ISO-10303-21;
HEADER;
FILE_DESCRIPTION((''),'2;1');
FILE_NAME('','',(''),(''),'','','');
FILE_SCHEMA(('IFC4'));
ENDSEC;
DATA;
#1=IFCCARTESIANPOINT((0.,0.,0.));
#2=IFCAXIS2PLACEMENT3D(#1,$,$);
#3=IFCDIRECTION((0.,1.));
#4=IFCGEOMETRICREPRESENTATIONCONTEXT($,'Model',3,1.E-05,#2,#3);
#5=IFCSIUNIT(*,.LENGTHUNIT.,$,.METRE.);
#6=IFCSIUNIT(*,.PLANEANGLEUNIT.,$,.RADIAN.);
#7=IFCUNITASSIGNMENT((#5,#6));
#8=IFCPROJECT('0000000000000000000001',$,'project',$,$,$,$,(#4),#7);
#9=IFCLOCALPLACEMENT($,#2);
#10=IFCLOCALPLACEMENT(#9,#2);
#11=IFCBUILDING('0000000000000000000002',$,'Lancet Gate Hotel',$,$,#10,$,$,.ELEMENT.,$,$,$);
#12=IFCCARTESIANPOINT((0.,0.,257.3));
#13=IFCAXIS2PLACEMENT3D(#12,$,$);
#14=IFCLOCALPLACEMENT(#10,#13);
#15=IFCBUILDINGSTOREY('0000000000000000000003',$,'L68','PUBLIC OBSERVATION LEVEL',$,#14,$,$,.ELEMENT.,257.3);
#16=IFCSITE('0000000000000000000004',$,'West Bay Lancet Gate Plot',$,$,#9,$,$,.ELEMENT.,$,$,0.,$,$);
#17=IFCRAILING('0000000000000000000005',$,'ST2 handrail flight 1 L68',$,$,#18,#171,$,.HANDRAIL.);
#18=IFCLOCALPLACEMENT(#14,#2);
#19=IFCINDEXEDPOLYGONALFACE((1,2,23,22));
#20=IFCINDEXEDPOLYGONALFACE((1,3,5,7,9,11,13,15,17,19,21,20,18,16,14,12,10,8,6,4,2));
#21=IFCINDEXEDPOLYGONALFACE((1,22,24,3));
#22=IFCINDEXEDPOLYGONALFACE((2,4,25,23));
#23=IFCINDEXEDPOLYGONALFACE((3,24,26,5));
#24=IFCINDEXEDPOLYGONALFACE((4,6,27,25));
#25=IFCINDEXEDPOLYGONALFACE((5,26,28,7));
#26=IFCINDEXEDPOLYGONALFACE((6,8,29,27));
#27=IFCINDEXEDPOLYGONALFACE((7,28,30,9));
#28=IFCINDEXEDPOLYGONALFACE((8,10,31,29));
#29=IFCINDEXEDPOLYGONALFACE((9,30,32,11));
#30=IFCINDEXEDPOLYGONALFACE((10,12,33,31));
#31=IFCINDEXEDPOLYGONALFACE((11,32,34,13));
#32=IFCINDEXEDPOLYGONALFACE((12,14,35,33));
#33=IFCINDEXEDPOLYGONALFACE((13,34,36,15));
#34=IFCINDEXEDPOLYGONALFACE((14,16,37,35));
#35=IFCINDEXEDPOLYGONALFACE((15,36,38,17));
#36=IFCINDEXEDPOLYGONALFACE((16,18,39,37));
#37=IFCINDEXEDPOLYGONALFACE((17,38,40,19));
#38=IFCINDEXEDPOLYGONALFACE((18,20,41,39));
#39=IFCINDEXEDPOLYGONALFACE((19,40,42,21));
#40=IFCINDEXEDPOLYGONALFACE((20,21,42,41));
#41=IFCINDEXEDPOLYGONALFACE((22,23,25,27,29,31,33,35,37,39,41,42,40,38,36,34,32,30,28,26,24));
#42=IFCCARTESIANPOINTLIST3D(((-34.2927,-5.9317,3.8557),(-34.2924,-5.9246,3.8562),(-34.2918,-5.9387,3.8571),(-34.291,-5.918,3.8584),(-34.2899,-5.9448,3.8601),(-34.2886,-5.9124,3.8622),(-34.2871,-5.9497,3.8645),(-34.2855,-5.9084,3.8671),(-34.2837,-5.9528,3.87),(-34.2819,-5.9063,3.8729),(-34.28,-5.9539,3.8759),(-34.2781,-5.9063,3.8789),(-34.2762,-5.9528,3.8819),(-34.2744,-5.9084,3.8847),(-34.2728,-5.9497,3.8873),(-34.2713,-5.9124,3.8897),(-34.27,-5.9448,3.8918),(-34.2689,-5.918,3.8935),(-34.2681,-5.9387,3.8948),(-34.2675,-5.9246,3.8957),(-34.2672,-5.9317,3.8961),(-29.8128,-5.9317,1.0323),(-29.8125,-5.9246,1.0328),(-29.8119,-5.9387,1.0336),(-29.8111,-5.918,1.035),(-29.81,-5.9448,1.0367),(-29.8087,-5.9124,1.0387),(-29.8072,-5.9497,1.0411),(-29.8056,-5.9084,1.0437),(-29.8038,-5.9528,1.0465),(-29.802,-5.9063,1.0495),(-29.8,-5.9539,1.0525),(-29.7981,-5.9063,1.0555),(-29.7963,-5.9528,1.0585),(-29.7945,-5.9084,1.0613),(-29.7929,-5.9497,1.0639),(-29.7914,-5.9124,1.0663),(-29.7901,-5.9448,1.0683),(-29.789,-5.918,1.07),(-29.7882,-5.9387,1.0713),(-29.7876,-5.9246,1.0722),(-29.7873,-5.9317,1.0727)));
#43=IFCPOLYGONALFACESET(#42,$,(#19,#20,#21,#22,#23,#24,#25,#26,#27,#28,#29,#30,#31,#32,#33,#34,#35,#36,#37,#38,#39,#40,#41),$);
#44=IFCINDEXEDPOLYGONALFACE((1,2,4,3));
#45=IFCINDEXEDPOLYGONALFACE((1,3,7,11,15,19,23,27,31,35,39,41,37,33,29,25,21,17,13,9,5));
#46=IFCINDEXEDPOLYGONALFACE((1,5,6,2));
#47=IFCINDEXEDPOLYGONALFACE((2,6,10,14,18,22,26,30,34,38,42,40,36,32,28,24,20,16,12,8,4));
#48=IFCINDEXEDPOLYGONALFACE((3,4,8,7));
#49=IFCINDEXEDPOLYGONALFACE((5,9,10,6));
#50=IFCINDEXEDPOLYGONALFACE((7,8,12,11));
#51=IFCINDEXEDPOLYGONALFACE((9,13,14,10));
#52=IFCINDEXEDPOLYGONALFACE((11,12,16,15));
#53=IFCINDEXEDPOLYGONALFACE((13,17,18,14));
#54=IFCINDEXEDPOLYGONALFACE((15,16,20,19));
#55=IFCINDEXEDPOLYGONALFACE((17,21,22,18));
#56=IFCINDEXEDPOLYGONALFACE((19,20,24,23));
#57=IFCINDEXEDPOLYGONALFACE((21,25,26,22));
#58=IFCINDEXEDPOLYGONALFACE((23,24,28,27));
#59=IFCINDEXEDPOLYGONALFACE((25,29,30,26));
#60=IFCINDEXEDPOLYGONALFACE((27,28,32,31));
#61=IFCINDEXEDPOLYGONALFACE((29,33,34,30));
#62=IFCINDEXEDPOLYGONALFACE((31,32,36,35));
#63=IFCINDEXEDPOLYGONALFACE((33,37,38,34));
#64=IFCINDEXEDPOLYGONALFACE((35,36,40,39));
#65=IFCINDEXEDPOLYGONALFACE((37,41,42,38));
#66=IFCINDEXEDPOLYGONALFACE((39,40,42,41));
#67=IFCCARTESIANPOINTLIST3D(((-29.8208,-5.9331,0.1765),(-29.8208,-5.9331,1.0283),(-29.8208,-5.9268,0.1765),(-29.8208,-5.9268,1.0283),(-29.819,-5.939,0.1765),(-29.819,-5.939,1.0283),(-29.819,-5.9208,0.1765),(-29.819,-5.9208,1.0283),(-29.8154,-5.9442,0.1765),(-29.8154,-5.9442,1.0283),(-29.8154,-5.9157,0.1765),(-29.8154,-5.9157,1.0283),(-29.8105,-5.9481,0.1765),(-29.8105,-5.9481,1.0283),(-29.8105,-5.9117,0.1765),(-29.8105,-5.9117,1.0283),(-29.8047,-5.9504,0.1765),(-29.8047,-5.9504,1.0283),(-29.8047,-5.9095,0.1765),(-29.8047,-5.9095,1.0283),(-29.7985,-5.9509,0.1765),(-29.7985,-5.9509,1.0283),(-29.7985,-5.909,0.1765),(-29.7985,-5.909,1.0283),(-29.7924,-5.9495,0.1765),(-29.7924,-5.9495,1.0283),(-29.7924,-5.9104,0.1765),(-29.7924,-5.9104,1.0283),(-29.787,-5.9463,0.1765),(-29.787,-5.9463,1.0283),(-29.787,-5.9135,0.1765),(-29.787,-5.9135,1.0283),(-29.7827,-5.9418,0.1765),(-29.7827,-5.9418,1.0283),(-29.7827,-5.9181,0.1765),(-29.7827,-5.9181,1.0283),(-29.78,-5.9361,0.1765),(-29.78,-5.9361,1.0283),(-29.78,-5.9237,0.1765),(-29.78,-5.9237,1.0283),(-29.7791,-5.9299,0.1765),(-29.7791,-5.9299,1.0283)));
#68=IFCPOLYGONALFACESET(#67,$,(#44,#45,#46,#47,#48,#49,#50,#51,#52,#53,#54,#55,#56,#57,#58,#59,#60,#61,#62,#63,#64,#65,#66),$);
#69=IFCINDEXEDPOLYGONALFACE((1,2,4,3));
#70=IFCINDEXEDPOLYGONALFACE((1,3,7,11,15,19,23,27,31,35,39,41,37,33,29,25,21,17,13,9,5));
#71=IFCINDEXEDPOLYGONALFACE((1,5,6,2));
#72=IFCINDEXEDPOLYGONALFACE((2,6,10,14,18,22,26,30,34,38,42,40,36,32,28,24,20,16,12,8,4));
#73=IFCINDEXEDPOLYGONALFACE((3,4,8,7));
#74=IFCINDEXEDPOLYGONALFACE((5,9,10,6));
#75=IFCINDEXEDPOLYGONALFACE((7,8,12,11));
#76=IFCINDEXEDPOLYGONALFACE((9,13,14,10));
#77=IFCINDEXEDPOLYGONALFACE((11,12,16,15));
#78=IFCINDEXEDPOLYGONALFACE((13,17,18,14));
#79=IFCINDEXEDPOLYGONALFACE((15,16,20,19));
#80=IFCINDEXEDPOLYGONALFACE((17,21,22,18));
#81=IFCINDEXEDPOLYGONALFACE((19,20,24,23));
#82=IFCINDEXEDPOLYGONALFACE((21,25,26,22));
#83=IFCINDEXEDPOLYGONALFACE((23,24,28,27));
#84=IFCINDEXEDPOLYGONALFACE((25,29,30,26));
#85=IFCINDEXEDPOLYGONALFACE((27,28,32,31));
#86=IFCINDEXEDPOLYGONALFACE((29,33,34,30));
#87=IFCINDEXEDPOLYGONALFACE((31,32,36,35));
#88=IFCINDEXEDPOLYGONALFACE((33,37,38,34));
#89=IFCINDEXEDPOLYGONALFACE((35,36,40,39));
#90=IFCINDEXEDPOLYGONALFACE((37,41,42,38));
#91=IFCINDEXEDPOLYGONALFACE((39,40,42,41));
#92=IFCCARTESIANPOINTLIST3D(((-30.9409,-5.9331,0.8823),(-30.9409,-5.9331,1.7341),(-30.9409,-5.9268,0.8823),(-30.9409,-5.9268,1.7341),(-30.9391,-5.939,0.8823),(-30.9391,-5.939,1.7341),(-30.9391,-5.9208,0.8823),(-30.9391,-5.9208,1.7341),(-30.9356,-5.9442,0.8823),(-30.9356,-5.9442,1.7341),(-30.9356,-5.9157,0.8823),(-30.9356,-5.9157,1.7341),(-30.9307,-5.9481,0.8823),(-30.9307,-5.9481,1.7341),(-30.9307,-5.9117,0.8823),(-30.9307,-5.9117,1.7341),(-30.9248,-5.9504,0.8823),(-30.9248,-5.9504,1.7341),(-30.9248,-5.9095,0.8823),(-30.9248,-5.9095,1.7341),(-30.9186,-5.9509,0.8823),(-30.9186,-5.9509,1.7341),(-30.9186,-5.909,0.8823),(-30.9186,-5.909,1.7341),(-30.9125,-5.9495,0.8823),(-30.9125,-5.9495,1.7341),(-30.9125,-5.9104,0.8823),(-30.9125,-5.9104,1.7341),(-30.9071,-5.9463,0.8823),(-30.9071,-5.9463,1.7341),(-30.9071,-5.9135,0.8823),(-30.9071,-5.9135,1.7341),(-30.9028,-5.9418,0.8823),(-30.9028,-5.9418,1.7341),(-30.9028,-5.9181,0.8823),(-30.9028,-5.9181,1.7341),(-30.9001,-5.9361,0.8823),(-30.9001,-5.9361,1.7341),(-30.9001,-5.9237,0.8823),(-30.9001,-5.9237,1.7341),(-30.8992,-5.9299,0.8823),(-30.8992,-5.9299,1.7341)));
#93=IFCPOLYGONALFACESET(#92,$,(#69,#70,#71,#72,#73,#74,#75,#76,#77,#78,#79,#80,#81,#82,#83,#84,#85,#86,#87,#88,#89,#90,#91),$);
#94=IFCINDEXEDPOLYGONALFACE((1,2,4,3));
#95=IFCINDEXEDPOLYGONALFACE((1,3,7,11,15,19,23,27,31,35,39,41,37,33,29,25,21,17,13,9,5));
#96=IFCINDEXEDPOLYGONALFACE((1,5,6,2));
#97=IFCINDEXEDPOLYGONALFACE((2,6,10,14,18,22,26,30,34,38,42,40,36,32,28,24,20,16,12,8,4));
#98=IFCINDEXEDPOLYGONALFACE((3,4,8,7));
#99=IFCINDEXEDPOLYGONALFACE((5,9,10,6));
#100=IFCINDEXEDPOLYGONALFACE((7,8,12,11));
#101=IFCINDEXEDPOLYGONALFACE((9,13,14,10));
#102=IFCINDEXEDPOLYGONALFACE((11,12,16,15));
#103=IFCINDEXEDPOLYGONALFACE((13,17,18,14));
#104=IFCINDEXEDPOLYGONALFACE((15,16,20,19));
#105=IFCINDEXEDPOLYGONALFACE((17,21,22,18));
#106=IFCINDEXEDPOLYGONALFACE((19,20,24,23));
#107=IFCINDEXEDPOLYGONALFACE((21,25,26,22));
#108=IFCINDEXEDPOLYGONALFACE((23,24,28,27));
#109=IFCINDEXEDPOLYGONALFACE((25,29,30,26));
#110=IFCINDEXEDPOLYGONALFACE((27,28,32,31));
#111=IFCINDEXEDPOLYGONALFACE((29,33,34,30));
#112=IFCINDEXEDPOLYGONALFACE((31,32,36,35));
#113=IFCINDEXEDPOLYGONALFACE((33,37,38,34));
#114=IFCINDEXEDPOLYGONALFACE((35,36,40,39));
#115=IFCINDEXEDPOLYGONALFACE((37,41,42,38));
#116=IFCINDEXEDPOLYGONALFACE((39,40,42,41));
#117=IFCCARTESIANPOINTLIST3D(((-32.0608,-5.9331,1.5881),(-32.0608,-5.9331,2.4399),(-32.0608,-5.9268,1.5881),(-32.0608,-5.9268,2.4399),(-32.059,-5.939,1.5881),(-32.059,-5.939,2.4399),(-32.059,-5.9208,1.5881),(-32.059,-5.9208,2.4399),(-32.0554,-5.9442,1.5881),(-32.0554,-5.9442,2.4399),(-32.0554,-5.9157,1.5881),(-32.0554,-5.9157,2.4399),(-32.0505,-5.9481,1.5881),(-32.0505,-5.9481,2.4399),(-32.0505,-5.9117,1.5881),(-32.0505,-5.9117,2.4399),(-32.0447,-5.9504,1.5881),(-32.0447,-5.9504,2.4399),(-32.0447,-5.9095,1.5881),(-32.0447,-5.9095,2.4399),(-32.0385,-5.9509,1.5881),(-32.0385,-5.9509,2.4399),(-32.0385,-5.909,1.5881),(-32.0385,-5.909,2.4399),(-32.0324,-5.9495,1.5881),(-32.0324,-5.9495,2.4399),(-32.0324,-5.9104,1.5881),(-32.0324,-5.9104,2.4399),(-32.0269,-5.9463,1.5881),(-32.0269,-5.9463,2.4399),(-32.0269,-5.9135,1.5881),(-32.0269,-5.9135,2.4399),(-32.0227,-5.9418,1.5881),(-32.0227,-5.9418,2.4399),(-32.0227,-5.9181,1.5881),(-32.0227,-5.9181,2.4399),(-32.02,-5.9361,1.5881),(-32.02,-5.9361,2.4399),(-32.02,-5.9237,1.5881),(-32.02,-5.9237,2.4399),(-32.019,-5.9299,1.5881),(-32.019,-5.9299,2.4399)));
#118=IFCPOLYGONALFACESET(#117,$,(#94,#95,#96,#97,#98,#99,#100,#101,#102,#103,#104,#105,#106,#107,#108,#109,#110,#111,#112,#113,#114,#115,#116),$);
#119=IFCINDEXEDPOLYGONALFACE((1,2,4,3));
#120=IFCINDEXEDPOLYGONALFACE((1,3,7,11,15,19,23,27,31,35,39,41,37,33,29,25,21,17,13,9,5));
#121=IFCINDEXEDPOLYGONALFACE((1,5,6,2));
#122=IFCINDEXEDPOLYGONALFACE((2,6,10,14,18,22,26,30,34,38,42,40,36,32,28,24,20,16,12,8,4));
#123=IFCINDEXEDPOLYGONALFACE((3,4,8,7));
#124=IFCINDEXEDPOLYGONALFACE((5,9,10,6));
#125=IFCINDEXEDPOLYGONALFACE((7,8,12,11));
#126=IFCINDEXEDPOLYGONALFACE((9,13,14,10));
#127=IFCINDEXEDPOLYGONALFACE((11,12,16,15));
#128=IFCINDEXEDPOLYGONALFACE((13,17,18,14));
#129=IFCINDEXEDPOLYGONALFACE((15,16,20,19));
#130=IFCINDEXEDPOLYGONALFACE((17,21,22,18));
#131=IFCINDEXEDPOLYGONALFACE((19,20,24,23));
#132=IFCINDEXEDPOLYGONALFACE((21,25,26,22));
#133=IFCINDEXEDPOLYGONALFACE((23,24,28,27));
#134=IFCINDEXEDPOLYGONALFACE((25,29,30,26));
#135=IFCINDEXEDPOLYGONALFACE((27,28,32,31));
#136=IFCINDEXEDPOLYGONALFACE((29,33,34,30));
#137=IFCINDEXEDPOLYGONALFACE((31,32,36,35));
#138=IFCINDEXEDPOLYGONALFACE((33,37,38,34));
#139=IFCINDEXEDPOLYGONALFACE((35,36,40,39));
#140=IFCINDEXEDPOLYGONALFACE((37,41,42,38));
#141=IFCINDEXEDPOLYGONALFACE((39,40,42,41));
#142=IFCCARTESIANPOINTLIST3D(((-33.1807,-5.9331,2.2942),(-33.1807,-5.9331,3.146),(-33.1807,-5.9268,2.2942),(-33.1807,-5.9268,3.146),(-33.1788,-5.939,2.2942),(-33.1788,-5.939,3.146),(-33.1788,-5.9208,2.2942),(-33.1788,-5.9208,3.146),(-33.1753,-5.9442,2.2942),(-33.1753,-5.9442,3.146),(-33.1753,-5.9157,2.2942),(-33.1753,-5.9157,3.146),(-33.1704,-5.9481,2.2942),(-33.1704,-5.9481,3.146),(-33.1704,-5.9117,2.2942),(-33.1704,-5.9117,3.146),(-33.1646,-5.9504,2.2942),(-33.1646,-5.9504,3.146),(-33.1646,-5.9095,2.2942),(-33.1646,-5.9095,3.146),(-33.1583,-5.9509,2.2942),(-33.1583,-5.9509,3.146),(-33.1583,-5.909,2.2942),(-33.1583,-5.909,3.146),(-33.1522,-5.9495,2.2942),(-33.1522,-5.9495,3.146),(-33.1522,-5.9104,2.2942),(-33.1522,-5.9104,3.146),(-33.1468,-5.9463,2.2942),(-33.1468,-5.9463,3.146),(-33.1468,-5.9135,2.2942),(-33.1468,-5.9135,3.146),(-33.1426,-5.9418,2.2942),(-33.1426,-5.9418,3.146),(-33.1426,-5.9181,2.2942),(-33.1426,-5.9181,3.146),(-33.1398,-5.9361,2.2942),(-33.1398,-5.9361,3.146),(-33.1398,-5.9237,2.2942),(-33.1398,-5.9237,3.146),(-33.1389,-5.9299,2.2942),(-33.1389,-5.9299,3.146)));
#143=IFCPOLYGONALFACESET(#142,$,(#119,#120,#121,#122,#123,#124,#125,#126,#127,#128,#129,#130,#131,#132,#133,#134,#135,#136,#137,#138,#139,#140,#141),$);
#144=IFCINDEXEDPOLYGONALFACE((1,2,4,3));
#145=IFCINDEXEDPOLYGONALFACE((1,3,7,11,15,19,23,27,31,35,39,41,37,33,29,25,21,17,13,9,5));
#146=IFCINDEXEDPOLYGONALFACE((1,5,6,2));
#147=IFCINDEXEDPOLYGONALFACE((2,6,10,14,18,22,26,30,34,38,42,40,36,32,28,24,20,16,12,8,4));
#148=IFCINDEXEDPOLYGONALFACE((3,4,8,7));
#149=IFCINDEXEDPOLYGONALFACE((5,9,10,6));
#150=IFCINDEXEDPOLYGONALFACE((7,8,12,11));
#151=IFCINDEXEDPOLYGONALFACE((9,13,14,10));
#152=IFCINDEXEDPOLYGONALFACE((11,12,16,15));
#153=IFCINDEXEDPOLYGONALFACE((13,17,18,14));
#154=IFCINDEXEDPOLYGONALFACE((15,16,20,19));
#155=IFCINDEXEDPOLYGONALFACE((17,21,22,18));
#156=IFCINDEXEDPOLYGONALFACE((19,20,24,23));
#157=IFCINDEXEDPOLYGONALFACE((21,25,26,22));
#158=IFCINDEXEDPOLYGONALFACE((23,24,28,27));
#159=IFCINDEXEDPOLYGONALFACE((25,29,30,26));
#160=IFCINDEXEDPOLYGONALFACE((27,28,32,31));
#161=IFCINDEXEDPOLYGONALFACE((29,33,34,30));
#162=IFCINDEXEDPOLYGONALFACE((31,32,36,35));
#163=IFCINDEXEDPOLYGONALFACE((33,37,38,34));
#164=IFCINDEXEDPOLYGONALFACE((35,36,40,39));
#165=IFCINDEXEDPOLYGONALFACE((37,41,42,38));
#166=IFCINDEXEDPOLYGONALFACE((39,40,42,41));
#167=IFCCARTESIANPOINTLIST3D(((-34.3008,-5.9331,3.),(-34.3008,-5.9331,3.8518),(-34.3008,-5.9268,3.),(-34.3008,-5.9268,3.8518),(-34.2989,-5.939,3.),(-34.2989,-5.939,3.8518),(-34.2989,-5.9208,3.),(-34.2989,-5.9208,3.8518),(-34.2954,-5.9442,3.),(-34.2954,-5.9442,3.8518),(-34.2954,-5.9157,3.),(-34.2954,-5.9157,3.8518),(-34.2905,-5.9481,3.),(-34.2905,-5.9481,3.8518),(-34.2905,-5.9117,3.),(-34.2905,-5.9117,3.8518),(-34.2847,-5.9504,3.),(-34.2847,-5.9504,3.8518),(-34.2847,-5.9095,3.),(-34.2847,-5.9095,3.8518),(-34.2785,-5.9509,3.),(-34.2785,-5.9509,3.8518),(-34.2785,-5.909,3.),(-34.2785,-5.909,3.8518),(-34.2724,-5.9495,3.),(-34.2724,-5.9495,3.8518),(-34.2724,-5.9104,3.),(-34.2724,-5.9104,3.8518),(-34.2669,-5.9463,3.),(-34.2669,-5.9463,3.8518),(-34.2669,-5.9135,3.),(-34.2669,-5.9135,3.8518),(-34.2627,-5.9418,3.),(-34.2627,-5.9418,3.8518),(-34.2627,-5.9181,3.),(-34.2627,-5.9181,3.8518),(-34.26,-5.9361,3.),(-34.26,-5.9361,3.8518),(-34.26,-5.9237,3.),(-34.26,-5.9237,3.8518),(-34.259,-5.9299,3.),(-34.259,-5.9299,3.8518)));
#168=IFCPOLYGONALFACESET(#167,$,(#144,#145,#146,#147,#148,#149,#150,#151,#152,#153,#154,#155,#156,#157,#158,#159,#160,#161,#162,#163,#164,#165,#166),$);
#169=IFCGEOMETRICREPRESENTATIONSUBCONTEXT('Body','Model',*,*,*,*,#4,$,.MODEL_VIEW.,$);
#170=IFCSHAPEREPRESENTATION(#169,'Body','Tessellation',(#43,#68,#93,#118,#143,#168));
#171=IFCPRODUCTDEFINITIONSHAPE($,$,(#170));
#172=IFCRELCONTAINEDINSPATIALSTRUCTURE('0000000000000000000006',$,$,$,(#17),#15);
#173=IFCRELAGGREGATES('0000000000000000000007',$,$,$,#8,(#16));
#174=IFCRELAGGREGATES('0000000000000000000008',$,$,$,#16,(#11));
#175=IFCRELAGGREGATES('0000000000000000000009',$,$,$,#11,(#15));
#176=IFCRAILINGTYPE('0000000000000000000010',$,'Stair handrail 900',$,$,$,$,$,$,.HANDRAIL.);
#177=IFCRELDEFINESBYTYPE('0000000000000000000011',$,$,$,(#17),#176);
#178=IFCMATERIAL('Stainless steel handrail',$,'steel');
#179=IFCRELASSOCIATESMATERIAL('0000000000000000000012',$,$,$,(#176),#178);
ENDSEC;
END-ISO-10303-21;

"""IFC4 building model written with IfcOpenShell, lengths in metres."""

from ifc_helpers import new_model, si_unit, direction, frame, origin, origin_2d, place, context, subcontext, project, spatial, circle, extrude, material, type_object, element, save


model = new_model("IFC4")

# Units and contexts
model_context = context("Model", 3, precision=1e-05, world=origin(), true_north=direction((0.0, 1.0)))
body_context = subcontext(model_context, "Body", "Model", "MODEL_VIEW")
ifc_project = project(units=[si_unit("LENGTHUNIT", "METRE"), si_unit("PLANEANGLEUNIT", "RADIAN")], contexts=[model_context])

# Site, building, storey
site_placement = place(None, origin())
site = spatial("IfcSite", under=ifc_project, at=site_placement, Name="West Bay Lancet Gate Plot", CompositionType="ELEMENT", RefElevation=0.0)
building_placement = place(site_placement, origin())
building = spatial("IfcBuilding", under=site, at=building_placement, Name="Lancet Gate Hotel", CompositionType="ELEMENT")
storey_placement = place(building_placement, frame((0.0, 0.0, 257.3)))
storey = spatial("IfcBuildingStorey", under=building, at=storey_placement, Name="L68", Description="PUBLIC OBSERVATION LEVEL", CompositionType="ELEMENT", Elevation=257.3)

# Railing
ifc_material_1 = material(Name="Stainless steel handrail", Category="steel")
railing_type = type_object("IfcRailingType", Name="Stair handrail 900", PredefinedType="HANDRAIL", material=ifc_material_1)
railing_1_placement = place(storey_placement, frame((-29.8, -5.9299, 0.1765)))
element("IfcRailing", 1, at=railing_1_placement, inside=storey, type_object=railing_type, Name="ST2 handrail flight 1 L68", PredefinedType="HANDRAIL", context=body_context, shape_type="SweptSolid", body=[
    extrude(circle(Radius=0.0239, at=origin_2d()), frame((0.0, 0.0, 0.876), z_axis=(-0.845998, 0.0, 0.533186), x_axis=(0.0, -1.0, 0.0)), (0.0, 0.0, 1.0), 5.2954),
    extrude(circle(Radius=0.021, at=origin_2d()), origin(), (0.0, 0.0, 1.0), 0.8518),
    extrude(circle(Radius=0.021, at=origin_2d()), frame((-1.1201, 0.0, 0.7058)), (0.0, 0.0, 1.0), 0.8518),
    extrude(circle(Radius=0.021, at=origin_2d()), frame((-2.24, 0.0, 1.4116)), (0.0, 0.0, 1.0), 0.8518),
    extrude(circle(Radius=0.021, at=origin_2d()), frame((-3.3599, 0.0, 2.1177)), (0.0, 0.0, 1.0), 0.8518),
    extrude(circle(Radius=0.021, at=origin_2d()), frame((-4.48, 0.0, 2.8235)), (0.0, 0.0, 1.0), 0.8518),
])

save(model, "model.ifc")
